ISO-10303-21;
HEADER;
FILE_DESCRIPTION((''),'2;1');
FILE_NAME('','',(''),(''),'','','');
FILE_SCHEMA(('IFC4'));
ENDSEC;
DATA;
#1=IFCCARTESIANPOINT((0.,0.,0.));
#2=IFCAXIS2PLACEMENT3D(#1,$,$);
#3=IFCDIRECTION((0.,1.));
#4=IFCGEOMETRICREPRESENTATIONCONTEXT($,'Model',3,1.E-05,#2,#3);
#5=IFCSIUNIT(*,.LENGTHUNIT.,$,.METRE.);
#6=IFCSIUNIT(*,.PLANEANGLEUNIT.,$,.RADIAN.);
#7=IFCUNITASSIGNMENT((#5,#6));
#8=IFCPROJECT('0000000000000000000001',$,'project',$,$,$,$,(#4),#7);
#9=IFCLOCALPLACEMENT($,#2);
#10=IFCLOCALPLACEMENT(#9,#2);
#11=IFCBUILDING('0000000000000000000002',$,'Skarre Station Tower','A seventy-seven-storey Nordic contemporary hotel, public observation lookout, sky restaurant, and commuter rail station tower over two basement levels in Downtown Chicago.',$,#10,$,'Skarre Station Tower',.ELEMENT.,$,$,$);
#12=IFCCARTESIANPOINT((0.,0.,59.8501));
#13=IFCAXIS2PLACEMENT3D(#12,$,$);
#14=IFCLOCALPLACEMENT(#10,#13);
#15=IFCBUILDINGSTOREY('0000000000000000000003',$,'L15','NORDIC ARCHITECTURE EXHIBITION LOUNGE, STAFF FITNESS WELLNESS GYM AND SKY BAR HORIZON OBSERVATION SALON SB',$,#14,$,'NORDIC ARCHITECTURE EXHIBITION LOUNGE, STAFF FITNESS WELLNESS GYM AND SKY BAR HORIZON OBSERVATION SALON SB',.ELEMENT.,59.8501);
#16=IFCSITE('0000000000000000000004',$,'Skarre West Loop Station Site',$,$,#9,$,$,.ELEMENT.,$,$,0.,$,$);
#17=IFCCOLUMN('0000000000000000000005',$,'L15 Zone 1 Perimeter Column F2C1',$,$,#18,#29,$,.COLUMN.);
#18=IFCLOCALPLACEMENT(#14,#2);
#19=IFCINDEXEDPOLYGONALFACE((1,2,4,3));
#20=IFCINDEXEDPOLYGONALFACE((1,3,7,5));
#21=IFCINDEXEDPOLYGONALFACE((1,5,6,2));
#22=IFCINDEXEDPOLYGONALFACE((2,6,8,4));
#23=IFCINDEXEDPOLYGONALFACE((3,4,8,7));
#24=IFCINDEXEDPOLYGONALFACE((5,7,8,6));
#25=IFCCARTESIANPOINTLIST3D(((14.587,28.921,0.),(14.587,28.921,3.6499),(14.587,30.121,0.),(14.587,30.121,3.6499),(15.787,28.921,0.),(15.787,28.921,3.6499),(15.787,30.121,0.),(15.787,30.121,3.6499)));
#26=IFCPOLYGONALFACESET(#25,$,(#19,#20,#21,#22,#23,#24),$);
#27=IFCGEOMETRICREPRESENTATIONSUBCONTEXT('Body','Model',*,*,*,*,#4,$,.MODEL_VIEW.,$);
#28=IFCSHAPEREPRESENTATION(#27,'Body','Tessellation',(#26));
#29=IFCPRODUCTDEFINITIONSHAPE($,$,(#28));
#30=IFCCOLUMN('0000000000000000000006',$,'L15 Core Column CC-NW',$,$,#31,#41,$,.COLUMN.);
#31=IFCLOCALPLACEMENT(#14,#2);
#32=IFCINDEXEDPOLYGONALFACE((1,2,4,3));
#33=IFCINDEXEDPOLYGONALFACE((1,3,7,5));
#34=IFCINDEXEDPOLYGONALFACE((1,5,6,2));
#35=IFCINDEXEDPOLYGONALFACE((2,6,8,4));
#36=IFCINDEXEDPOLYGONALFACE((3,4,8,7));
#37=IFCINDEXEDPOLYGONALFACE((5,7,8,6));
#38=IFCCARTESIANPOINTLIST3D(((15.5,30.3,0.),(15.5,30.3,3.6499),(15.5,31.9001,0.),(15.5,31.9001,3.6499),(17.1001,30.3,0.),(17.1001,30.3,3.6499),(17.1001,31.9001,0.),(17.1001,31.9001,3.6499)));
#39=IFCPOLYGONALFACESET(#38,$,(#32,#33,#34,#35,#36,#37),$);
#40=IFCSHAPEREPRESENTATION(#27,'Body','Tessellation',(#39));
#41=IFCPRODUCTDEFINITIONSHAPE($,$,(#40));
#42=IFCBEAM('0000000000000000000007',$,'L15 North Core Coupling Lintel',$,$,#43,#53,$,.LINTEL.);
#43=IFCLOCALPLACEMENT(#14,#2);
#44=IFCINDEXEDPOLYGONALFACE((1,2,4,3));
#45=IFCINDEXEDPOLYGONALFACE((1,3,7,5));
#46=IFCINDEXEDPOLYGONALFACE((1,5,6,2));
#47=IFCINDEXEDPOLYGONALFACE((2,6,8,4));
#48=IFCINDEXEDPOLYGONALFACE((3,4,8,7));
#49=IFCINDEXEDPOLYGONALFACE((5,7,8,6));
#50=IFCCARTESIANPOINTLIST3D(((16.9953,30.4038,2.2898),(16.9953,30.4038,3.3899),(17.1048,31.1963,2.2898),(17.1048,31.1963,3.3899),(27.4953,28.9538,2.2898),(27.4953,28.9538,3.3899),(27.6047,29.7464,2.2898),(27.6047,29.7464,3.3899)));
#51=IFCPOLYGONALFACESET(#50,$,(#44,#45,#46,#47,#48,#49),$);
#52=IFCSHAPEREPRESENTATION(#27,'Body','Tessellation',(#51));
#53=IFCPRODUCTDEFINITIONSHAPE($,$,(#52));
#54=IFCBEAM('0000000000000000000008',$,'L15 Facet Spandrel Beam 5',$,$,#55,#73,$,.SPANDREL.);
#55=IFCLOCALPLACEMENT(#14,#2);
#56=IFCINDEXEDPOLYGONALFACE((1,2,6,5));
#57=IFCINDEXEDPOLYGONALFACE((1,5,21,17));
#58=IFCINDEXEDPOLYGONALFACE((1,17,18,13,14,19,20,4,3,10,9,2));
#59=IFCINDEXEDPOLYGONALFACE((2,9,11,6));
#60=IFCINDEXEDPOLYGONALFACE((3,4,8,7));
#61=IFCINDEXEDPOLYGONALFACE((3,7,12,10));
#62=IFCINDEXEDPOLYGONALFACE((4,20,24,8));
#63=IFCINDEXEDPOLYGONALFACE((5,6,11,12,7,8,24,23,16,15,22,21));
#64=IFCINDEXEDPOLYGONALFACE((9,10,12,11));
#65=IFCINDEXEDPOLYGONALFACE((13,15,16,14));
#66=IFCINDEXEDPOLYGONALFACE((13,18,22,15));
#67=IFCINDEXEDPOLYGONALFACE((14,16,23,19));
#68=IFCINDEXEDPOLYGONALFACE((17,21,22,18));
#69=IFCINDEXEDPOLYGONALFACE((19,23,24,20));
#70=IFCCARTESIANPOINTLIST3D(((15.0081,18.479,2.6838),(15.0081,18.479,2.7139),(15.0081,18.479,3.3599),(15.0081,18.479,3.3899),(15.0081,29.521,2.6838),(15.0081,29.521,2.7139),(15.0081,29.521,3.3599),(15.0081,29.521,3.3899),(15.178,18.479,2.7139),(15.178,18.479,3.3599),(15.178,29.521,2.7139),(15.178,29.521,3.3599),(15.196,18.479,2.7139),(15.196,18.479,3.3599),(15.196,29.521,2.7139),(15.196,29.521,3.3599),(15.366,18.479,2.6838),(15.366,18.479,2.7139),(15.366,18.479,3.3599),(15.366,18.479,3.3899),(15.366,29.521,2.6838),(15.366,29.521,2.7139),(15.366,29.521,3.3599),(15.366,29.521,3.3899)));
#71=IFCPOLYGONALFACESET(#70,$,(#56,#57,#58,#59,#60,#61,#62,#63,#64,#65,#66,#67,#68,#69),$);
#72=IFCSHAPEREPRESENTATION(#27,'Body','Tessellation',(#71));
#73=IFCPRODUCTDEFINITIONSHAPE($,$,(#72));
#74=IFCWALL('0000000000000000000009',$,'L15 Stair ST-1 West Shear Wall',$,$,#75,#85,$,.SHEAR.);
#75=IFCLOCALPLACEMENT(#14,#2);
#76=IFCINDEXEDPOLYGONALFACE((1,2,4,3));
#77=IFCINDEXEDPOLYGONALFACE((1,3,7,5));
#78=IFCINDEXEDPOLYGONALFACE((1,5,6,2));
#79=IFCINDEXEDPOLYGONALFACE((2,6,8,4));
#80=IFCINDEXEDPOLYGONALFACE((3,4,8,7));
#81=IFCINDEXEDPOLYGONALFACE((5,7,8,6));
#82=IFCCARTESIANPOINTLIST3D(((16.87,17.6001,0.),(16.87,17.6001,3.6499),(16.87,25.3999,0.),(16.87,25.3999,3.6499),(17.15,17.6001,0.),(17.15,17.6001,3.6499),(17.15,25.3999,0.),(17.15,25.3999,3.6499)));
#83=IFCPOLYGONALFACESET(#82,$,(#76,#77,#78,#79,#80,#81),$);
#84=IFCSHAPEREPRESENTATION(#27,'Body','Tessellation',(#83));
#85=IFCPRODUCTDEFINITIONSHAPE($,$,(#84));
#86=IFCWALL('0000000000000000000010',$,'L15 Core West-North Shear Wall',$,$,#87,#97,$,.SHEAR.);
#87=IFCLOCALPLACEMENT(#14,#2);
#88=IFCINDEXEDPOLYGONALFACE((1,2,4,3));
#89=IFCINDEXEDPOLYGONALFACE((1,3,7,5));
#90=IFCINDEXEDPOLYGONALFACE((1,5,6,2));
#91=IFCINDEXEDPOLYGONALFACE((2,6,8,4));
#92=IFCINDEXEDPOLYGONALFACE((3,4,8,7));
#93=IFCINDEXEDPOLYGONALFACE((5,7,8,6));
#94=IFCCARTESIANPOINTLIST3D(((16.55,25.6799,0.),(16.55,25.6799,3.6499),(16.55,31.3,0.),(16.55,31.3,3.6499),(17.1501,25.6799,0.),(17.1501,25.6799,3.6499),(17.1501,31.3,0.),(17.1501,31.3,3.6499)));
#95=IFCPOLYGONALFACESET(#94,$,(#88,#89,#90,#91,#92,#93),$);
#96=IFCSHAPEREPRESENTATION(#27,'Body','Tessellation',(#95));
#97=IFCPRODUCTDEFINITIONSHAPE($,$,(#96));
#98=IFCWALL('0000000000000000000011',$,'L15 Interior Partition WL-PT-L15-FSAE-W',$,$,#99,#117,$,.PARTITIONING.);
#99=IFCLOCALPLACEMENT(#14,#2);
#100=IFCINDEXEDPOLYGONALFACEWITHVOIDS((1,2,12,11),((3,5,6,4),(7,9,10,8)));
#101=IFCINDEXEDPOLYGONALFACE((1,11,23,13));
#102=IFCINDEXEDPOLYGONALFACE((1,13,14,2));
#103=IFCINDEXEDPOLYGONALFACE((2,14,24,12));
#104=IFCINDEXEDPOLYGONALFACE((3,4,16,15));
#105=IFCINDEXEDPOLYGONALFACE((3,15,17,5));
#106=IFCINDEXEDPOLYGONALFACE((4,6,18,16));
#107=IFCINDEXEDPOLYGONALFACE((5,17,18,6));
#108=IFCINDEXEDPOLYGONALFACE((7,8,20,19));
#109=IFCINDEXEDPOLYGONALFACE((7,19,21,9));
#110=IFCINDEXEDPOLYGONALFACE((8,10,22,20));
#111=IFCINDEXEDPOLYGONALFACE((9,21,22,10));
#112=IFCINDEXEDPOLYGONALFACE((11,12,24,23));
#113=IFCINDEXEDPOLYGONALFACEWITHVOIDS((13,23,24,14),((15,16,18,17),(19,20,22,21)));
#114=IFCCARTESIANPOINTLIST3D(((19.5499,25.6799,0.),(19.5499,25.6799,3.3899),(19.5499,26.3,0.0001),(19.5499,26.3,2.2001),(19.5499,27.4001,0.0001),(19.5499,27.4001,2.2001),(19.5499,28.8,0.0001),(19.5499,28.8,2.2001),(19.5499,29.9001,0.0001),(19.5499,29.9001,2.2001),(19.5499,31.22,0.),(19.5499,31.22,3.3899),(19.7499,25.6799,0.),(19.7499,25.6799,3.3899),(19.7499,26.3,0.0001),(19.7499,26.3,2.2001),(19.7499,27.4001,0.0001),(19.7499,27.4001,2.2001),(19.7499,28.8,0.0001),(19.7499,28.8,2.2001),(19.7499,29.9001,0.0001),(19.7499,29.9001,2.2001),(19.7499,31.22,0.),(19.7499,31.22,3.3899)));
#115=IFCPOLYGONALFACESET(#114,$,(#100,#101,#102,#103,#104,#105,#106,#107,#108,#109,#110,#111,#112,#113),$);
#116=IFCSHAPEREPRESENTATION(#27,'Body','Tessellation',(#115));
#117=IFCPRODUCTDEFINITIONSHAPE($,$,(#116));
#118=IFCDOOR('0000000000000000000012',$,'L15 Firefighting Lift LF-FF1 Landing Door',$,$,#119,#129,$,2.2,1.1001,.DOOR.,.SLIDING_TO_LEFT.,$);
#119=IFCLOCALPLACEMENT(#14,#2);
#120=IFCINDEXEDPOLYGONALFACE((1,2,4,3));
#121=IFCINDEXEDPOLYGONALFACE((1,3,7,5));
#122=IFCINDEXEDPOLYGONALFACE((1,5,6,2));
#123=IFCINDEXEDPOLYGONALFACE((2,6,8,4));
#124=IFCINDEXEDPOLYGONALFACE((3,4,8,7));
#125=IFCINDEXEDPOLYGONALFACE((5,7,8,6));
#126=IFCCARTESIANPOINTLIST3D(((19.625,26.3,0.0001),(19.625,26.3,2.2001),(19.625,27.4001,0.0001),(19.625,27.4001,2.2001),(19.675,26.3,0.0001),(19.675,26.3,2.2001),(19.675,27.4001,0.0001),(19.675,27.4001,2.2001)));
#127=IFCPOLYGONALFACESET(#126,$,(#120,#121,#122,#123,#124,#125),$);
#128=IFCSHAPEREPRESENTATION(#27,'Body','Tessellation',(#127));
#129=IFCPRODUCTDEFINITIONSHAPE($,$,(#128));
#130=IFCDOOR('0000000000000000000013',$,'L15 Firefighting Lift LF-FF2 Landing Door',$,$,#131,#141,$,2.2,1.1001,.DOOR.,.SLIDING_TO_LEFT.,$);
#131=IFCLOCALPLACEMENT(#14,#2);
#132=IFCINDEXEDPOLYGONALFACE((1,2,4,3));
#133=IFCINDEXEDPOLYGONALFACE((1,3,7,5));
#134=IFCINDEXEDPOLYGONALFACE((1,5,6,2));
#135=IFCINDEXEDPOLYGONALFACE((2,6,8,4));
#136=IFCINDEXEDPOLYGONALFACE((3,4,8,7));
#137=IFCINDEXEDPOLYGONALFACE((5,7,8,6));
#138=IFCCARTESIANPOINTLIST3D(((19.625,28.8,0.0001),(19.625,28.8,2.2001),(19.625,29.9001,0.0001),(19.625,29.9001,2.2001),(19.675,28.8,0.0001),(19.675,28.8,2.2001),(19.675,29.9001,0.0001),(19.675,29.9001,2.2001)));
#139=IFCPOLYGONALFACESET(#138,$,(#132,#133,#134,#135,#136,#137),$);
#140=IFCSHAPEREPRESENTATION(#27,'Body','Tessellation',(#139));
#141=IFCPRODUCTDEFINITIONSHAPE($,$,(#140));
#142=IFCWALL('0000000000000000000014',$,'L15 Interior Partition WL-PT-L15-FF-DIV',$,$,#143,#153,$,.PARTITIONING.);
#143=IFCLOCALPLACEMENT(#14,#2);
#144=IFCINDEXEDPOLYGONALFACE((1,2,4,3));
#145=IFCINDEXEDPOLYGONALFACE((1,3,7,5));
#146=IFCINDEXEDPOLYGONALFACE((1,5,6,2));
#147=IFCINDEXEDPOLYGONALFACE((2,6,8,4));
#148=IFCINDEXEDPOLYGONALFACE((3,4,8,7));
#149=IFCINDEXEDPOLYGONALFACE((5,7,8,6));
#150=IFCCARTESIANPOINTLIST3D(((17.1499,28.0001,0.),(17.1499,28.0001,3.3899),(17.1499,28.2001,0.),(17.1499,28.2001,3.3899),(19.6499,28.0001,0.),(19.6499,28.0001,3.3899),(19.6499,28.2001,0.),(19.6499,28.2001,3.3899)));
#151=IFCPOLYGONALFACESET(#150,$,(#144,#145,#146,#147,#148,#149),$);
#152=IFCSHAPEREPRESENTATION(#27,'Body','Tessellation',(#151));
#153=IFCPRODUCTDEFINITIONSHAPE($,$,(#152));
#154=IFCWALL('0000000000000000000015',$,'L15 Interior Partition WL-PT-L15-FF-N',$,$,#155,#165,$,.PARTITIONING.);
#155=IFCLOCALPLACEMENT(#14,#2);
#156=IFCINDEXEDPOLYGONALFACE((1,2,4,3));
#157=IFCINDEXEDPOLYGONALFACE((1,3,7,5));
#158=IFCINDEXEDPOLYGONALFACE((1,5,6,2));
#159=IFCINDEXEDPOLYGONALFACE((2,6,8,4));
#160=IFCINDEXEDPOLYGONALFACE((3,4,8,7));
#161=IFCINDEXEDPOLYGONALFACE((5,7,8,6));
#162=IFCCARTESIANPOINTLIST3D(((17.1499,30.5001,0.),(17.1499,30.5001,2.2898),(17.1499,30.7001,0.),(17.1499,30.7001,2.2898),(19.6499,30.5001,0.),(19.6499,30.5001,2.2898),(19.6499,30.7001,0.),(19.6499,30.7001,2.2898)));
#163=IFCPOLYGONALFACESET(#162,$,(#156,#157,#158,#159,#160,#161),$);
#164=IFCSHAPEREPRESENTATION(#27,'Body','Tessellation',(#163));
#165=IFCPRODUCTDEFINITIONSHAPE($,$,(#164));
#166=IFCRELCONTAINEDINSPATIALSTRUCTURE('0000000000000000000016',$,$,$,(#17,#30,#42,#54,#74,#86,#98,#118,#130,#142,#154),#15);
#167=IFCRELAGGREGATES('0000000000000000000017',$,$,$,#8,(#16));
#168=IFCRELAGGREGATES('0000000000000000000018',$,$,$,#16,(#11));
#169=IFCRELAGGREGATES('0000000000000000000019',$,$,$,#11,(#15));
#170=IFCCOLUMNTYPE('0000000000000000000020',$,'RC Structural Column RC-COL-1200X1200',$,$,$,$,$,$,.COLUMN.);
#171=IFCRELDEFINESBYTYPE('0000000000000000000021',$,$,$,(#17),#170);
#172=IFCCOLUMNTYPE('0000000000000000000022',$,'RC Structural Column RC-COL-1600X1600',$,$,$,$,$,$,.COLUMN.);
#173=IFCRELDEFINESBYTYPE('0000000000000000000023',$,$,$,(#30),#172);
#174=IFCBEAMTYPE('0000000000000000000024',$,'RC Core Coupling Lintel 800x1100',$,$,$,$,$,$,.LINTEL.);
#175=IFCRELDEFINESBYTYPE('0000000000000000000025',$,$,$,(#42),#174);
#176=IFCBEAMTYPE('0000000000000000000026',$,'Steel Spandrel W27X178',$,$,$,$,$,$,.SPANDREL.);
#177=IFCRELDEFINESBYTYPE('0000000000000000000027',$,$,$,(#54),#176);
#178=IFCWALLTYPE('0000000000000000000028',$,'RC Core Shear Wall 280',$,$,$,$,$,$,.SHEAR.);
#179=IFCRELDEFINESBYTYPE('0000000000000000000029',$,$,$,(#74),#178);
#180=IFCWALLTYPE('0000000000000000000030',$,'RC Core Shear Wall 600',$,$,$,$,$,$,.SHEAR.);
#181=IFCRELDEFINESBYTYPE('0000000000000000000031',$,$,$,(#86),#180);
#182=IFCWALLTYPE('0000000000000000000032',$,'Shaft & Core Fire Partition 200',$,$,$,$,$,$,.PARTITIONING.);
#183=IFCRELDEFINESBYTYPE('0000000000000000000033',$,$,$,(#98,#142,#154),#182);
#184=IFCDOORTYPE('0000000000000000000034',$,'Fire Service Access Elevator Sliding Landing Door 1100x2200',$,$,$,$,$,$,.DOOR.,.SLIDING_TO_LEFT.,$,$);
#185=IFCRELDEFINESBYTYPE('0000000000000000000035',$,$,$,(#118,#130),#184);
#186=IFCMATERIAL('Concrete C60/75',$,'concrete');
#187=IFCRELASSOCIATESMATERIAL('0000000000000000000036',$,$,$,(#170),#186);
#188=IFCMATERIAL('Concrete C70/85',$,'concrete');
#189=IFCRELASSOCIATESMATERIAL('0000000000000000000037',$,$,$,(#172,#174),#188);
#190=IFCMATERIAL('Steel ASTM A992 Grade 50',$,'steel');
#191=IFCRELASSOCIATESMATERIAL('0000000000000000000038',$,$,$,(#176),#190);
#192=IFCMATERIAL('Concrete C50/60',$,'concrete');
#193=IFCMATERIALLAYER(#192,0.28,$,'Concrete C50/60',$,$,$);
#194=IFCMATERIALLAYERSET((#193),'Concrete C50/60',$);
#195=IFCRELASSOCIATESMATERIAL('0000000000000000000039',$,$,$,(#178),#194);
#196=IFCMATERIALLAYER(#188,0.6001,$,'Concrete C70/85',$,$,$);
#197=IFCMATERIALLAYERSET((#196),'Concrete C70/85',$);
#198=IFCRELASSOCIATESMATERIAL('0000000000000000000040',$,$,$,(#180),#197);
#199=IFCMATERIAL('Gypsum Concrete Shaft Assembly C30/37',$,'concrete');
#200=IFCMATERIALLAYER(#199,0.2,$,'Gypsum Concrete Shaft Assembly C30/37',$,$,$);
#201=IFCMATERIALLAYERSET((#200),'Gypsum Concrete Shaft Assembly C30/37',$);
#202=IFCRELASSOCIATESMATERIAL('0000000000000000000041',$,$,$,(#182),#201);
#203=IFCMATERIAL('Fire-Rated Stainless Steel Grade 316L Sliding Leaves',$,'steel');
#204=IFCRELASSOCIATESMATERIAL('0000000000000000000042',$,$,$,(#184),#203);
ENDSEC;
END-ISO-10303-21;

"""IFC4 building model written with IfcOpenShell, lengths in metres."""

from ifc_helpers import new_model, si_unit, direction, frame, frame_2d, origin, origin_2d, place, context, subcontext, project, spatial, rectangle, i_section, extrude, material, layer, layer_set, material_profile, profile_set, type_object, element, fill, save


model = new_model("IFC4")

# Units and contexts
model_context = context("Model", 3, precision=1e-05, world=origin(), true_north=direction((0.0, 1.0)))
body_context = subcontext(model_context, "Body", "Model", "MODEL_VIEW")
ifc_project = project(units=[si_unit("LENGTHUNIT", "METRE"), si_unit("PLANEANGLEUNIT", "RADIAN")], contexts=[model_context])

# Site, building, storey
site_placement = place(None, origin())
site = spatial("IfcSite", under=ifc_project, at=site_placement, Name="Skarre West Loop Station Site", CompositionType="ELEMENT", RefElevation=0.0)
building_placement = place(site_placement, origin())
building = spatial("IfcBuilding", under=site, at=building_placement, Name="Skarre Station Tower", Description="A seventy-seven-storey Nordic contemporary hotel, public observation lookout, sky restaurant, and commuter rail station tower over two basement levels in Downtown Chicago.", LongName="Skarre Station Tower", CompositionType="ELEMENT")
storey_placement = place(building_placement, frame((0.0, 0.0, 59.8501)))
storey = spatial("IfcBuildingStorey", under=building, at=storey_placement, Name="L15", Description="NORDIC ARCHITECTURE EXHIBITION LOUNGE, STAFF FITNESS WELLNESS GYM AND SKY BAR HORIZON OBSERVATION SALON SB", LongName="NORDIC ARCHITECTURE EXHIBITION LOUNGE, STAFF FITNESS WELLNESS GYM AND SKY BAR HORIZON OBSERVATION SALON SB", CompositionType="ELEMENT", Elevation=59.8501)

# Columns
ifc_material_1 = material(Name="Concrete C60/75", Category="concrete")
ifc_material_profile_1 = material_profile(ifc_material_1, rectangle(XDim=1.2, YDim=1.2, at=origin_2d()), Name="Concrete C60/75")
ifc_profile_set_1 = profile_set([ifc_material_profile_1], Name="Concrete C60/75")
column_type_1 = type_object("IfcColumnType", Name="RC Structural Column RC-COL-1200X1200", PredefinedType="COLUMN", material=ifc_profile_set_1)
column_1_placement = place(storey_placement, frame((15.187, 29.521, 0.0), z_axis=(0.0, 0.0, 1.0), x_axis=(1.0, 0.0, 0.0)))
element("IfcColumn", 1, at=column_1_placement, inside=storey, type_object=column_type_1, Name="L15 Zone 1 Perimeter Column F2C1", PredefinedType="COLUMN", context=body_context, shape_type="SweptSolid", body=[
    extrude(rectangle(XDim=1.2, YDim=1.2, at=origin_2d()), origin(), (0.0, 0.0, 1.0), 3.6499),
])
ifc_material_2 = material(Name="Concrete C70/85", Category="concrete")
ifc_material_profile_2 = material_profile(ifc_material_2, rectangle(XDim=1.6001, YDim=1.6001, at=origin_2d()), Name="Concrete C70/85")
ifc_profile_set_2 = profile_set([ifc_material_profile_2], Name="Concrete C70/85")
column_type_2 = type_object("IfcColumnType", Name="RC Structural Column RC-COL-1600X1600", PredefinedType="COLUMN", material=ifc_profile_set_2)
column_2_placement = place(storey_placement, frame((16.3, 31.1001, 0.0), z_axis=(0.0, 0.0, 1.0), x_axis=(1.0, 0.0, 0.0)))
element("IfcColumn", 2, at=column_2_placement, inside=storey, type_object=column_type_2, Name="L15 Core Column CC-NW", PredefinedType="COLUMN", context=body_context, shape_type="SweptSolid", body=[
    extrude(rectangle(XDim=1.6001, YDim=1.6001, at=origin_2d()), origin(), (0.0, 0.0, 1.0), 3.6499),
])

# Beams
ifc_material_profile_3 = material_profile(ifc_material_2, rectangle(XDim=0.8, YDim=1.1001, at=origin_2d()), Name="Concrete C70/85")
ifc_profile_set_3 = profile_set([ifc_material_profile_3], Name="Concrete C70/85")
beam_type_1 = type_object("IfcBeamType", Name="RC Core Coupling Lintel 800x1100", PredefinedType="LINTEL", material=ifc_profile_set_3)
beam_1_placement = place(storey_placement, frame((17.05, 30.8, 2.8398), z_axis=(0.9906, -0.136792, 0.0), x_axis=(0.136792, 0.9906, 0.0)))
element("IfcBeam", 3, at=beam_1_placement, inside=storey, type_object=beam_type_1, Name="L15 North Core Coupling Lintel", PredefinedType="LINTEL", context=body_context, shape_type="SweptSolid", body=[
    extrude(rectangle(XDim=0.8, YDim=1.1001, at=origin_2d()), origin(), (0.0, 0.0, 1.0), 10.5996),
])
ifc_material_3 = material(Name="Steel ASTM A992 Grade 50", Category="steel")
ifc_material_profile_4 = material_profile(ifc_material_3, i_section(OverallWidth=0.3579, OverallDepth=0.7061, WebThickness=0.0181, FlangeThickness=0.03, at=origin_2d()), Name="Steel ASTM A992 Grade 50")
ifc_profile_set_4 = profile_set([ifc_material_profile_4], Name="Steel ASTM A992 Grade 50")
beam_type_2 = type_object("IfcBeamType", Name="Steel Spandrel W27X178", PredefinedType="SPANDREL", material=ifc_profile_set_4)
beam_2_placement = place(storey_placement, frame((15.187, 29.521, 3.0369), z_axis=(0.0, -1.0, 0.0), x_axis=(1.0, 0.0, 0.0)))
element("IfcBeam", 4, at=beam_2_placement, inside=storey, type_object=beam_type_2, Name="L15 Facet Spandrel Beam 5", PredefinedType="SPANDREL", context=body_context, shape_type="SweptSolid", body=[
    extrude(i_section(OverallWidth=0.3579, OverallDepth=0.7061, WebThickness=0.0181, FlangeThickness=0.03, at=origin_2d()), origin(), (0.0, 0.0, 1.0), 11.042),
])

# Walls
ifc_material_4 = material(Name="Concrete C50/60", Category="concrete")
ifc_layer_1 = layer(ifc_material_4, 0.28, Name="Concrete C50/60")
ifc_layer_set_1 = layer_set([ifc_layer_1], Name="Concrete C50/60")
wall_type_1 = type_object("IfcWallType", Name="RC Core Shear Wall 280", PredefinedType="SHEAR", material=ifc_layer_set_1)
wall_1_placement = place(storey_placement, frame((17.01, 25.3999, 0.0), z_axis=(0.0, 0.0, 1.0), x_axis=(0.0, -1.0, 0.0)))
element("IfcWall", 5, at=wall_1_placement, inside=storey, type_object=wall_type_1, Name="L15 Stair ST-1 West Shear Wall", PredefinedType="SHEAR", context=body_context, shape_type="SweptSolid", body=[
    extrude(rectangle(XDim=7.7998, YDim=0.28, at=frame_2d((3.8999, 0.0))), origin(), (0.0, 0.0, 1.0), 3.6499),
])
ifc_layer_2 = layer(ifc_material_2, 0.6001, Name="Concrete C70/85")
ifc_layer_set_2 = layer_set([ifc_layer_2], Name="Concrete C70/85")
wall_type_2 = type_object("IfcWallType", Name="RC Core Shear Wall 600", PredefinedType="SHEAR", material=ifc_layer_set_2)
wall_2_placement = place(storey_placement, frame((16.8501, 25.6799, 0.0), z_axis=(0.0, 0.0, 1.0), x_axis=(0.0, 1.0, 0.0)))
element("IfcWall", 6, at=wall_2_placement, inside=storey, type_object=wall_type_2, Name="L15 Core West-North Shear Wall", PredefinedType="SHEAR", context=body_context, shape_type="SweptSolid", body=[
    extrude(rectangle(XDim=5.6201, YDim=0.6001, at=frame_2d((2.8101, 0.0))), origin(), (0.0, 0.0, 1.0), 3.6499),
])

# Wall, openings, doors
ifc_material_5 = material(Name="Gypsum Concrete Shaft Assembly C30/37", Category="concrete")
ifc_layer_3 = layer(ifc_material_5, 0.2, Name="Gypsum Concrete Shaft Assembly C30/37")
ifc_layer_set_3 = layer_set([ifc_layer_3], Name="Gypsum Concrete Shaft Assembly C30/37")
wall_type_3 = type_object("IfcWallType", Name="Shaft & Core Fire Partition 200", PredefinedType="PARTITIONING", material=ifc_layer_set_3)
wall_3_placement = place(storey_placement, frame((19.6499, 25.6799, 0.0), z_axis=(0.0, 0.0, 1.0), x_axis=(0.0, 1.0, 0.0)))
wall_3 = element("IfcWall", 7, at=wall_3_placement, inside=storey, type_object=wall_type_3, Name="L15 Interior Partition WL-PT-L15-FSAE-W", PredefinedType="PARTITIONING", context=body_context, shape_type="SweptSolid", body=[
    extrude(rectangle(XDim=5.54, YDim=0.2, at=frame_2d((2.77, 0.0))), origin(), (0.0, 0.0, 1.0), 3.3899),
])
opening_1_placement = place(wall_3_placement, frame((0.6201, 0.0, 0.0)))
opening_1 = element("IfcOpeningElement", 8, at=opening_1_placement, cuts=wall_3, PredefinedType="OPENING", context=body_context, shape_type="SweptSolid", body=[
    extrude(rectangle(XDim=1.1001, YDim=2.2, at=frame_2d((0.55, 1.1001))), frame((0.0, 0.1099, 0.0), z_axis=(0.0, -1.0, 0.0), x_axis=(1.0, 0.0, 0.0)), (0.0, 0.0, 1.0), 0.22),
])
opening_2_placement = place(wall_3_placement, frame((3.1201, 0.0, 0.0)))
opening_2 = element("IfcOpeningElement", 9, at=opening_2_placement, cuts=wall_3, PredefinedType="OPENING", context=body_context, shape_type="SweptSolid", body=[
    extrude(rectangle(XDim=1.1001, YDim=2.2, at=frame_2d((0.55, 1.1001))), frame((0.0, 0.1099, 0.0), z_axis=(0.0, -1.0, 0.0), x_axis=(1.0, 0.0, 0.0)), (0.0, 0.0, 1.0), 0.22),
])
ifc_material_6 = material(Name="Fire-Rated Stainless Steel Grade 316L Sliding Leaves", Category="steel")
door_type = type_object("IfcDoorType", Name="Fire Service Access Elevator Sliding Landing Door 1100x2200", OperationType="SLIDING_TO_LEFT", PredefinedType="DOOR", material=ifc_material_6)
door_1_placement = place(opening_1_placement, origin())
door_1 = element("IfcDoor", 10, at=door_1_placement, inside=storey, type_object=door_type, Name="L15 Firefighting Lift LF-FF1 Landing Door", OperationType="SLIDING_TO_LEFT", OverallHeight=2.2, OverallWidth=1.1001, PredefinedType="DOOR", context=body_context, shape_type="SweptSolid", body=[
    extrude(rectangle(XDim=1.1001, YDim=2.2, at=frame_2d((0.55, 1.1001))), frame((0.0, 0.0249, 0.0), z_axis=(0.0, -1.0, 0.0), x_axis=(1.0, 0.0, 0.0)), (0.0, 0.0, 1.0), 0.05),
])
fill(opening_1, door_1)
door_2_placement = place(opening_2_placement, origin())
door_2 = element("IfcDoor", 11, at=door_2_placement, inside=storey, type_object=door_type, Name="L15 Firefighting Lift LF-FF2 Landing Door", OperationType="SLIDING_TO_LEFT", OverallHeight=2.2, OverallWidth=1.1001, PredefinedType="DOOR", context=body_context, shape_type="SweptSolid", body=[
    extrude(rectangle(XDim=1.1001, YDim=2.2, at=frame_2d((0.55, 1.1001))), frame((0.0, 0.0249, 0.0), z_axis=(0.0, -1.0, 0.0), x_axis=(1.0, 0.0, 0.0)), (0.0, 0.0, 1.0), 0.05),
])
fill(opening_2, door_2)

# Walls
wall_4_placement = place(storey_placement, frame((17.1499, 28.1001, 0.0), z_axis=(0.0, 0.0, 1.0), x_axis=(1.0, 0.0, 0.0)))
element("IfcWall", 12, at=wall_4_placement, inside=storey, type_object=wall_type_3, Name="L15 Interior Partition WL-PT-L15-FF-DIV", PredefinedType="PARTITIONING", context=body_context, shape_type="SweptSolid", body=[
    extrude(rectangle(XDim=2.5, YDim=0.2, at=frame_2d((1.25, 0.0))), origin(), (0.0, 0.0, 1.0), 3.3899),
])
wall_5_placement = place(storey_placement, frame((19.6499, 30.6001, 0.0), z_axis=(0.0, 0.0, 1.0), x_axis=(-1.0, 0.0, 0.0)))
element("IfcWall", 13, at=wall_5_placement, inside=storey, type_object=wall_type_3, Name="L15 Interior Partition WL-PT-L15-FF-N", PredefinedType="PARTITIONING", context=body_context, shape_type="SweptSolid", body=[
    extrude(rectangle(XDim=2.5, YDim=0.2, at=frame_2d((1.25, 0.0))), origin(), (0.0, 0.0, 1.0), 2.2898),
])

save(model, "model.ifc")
